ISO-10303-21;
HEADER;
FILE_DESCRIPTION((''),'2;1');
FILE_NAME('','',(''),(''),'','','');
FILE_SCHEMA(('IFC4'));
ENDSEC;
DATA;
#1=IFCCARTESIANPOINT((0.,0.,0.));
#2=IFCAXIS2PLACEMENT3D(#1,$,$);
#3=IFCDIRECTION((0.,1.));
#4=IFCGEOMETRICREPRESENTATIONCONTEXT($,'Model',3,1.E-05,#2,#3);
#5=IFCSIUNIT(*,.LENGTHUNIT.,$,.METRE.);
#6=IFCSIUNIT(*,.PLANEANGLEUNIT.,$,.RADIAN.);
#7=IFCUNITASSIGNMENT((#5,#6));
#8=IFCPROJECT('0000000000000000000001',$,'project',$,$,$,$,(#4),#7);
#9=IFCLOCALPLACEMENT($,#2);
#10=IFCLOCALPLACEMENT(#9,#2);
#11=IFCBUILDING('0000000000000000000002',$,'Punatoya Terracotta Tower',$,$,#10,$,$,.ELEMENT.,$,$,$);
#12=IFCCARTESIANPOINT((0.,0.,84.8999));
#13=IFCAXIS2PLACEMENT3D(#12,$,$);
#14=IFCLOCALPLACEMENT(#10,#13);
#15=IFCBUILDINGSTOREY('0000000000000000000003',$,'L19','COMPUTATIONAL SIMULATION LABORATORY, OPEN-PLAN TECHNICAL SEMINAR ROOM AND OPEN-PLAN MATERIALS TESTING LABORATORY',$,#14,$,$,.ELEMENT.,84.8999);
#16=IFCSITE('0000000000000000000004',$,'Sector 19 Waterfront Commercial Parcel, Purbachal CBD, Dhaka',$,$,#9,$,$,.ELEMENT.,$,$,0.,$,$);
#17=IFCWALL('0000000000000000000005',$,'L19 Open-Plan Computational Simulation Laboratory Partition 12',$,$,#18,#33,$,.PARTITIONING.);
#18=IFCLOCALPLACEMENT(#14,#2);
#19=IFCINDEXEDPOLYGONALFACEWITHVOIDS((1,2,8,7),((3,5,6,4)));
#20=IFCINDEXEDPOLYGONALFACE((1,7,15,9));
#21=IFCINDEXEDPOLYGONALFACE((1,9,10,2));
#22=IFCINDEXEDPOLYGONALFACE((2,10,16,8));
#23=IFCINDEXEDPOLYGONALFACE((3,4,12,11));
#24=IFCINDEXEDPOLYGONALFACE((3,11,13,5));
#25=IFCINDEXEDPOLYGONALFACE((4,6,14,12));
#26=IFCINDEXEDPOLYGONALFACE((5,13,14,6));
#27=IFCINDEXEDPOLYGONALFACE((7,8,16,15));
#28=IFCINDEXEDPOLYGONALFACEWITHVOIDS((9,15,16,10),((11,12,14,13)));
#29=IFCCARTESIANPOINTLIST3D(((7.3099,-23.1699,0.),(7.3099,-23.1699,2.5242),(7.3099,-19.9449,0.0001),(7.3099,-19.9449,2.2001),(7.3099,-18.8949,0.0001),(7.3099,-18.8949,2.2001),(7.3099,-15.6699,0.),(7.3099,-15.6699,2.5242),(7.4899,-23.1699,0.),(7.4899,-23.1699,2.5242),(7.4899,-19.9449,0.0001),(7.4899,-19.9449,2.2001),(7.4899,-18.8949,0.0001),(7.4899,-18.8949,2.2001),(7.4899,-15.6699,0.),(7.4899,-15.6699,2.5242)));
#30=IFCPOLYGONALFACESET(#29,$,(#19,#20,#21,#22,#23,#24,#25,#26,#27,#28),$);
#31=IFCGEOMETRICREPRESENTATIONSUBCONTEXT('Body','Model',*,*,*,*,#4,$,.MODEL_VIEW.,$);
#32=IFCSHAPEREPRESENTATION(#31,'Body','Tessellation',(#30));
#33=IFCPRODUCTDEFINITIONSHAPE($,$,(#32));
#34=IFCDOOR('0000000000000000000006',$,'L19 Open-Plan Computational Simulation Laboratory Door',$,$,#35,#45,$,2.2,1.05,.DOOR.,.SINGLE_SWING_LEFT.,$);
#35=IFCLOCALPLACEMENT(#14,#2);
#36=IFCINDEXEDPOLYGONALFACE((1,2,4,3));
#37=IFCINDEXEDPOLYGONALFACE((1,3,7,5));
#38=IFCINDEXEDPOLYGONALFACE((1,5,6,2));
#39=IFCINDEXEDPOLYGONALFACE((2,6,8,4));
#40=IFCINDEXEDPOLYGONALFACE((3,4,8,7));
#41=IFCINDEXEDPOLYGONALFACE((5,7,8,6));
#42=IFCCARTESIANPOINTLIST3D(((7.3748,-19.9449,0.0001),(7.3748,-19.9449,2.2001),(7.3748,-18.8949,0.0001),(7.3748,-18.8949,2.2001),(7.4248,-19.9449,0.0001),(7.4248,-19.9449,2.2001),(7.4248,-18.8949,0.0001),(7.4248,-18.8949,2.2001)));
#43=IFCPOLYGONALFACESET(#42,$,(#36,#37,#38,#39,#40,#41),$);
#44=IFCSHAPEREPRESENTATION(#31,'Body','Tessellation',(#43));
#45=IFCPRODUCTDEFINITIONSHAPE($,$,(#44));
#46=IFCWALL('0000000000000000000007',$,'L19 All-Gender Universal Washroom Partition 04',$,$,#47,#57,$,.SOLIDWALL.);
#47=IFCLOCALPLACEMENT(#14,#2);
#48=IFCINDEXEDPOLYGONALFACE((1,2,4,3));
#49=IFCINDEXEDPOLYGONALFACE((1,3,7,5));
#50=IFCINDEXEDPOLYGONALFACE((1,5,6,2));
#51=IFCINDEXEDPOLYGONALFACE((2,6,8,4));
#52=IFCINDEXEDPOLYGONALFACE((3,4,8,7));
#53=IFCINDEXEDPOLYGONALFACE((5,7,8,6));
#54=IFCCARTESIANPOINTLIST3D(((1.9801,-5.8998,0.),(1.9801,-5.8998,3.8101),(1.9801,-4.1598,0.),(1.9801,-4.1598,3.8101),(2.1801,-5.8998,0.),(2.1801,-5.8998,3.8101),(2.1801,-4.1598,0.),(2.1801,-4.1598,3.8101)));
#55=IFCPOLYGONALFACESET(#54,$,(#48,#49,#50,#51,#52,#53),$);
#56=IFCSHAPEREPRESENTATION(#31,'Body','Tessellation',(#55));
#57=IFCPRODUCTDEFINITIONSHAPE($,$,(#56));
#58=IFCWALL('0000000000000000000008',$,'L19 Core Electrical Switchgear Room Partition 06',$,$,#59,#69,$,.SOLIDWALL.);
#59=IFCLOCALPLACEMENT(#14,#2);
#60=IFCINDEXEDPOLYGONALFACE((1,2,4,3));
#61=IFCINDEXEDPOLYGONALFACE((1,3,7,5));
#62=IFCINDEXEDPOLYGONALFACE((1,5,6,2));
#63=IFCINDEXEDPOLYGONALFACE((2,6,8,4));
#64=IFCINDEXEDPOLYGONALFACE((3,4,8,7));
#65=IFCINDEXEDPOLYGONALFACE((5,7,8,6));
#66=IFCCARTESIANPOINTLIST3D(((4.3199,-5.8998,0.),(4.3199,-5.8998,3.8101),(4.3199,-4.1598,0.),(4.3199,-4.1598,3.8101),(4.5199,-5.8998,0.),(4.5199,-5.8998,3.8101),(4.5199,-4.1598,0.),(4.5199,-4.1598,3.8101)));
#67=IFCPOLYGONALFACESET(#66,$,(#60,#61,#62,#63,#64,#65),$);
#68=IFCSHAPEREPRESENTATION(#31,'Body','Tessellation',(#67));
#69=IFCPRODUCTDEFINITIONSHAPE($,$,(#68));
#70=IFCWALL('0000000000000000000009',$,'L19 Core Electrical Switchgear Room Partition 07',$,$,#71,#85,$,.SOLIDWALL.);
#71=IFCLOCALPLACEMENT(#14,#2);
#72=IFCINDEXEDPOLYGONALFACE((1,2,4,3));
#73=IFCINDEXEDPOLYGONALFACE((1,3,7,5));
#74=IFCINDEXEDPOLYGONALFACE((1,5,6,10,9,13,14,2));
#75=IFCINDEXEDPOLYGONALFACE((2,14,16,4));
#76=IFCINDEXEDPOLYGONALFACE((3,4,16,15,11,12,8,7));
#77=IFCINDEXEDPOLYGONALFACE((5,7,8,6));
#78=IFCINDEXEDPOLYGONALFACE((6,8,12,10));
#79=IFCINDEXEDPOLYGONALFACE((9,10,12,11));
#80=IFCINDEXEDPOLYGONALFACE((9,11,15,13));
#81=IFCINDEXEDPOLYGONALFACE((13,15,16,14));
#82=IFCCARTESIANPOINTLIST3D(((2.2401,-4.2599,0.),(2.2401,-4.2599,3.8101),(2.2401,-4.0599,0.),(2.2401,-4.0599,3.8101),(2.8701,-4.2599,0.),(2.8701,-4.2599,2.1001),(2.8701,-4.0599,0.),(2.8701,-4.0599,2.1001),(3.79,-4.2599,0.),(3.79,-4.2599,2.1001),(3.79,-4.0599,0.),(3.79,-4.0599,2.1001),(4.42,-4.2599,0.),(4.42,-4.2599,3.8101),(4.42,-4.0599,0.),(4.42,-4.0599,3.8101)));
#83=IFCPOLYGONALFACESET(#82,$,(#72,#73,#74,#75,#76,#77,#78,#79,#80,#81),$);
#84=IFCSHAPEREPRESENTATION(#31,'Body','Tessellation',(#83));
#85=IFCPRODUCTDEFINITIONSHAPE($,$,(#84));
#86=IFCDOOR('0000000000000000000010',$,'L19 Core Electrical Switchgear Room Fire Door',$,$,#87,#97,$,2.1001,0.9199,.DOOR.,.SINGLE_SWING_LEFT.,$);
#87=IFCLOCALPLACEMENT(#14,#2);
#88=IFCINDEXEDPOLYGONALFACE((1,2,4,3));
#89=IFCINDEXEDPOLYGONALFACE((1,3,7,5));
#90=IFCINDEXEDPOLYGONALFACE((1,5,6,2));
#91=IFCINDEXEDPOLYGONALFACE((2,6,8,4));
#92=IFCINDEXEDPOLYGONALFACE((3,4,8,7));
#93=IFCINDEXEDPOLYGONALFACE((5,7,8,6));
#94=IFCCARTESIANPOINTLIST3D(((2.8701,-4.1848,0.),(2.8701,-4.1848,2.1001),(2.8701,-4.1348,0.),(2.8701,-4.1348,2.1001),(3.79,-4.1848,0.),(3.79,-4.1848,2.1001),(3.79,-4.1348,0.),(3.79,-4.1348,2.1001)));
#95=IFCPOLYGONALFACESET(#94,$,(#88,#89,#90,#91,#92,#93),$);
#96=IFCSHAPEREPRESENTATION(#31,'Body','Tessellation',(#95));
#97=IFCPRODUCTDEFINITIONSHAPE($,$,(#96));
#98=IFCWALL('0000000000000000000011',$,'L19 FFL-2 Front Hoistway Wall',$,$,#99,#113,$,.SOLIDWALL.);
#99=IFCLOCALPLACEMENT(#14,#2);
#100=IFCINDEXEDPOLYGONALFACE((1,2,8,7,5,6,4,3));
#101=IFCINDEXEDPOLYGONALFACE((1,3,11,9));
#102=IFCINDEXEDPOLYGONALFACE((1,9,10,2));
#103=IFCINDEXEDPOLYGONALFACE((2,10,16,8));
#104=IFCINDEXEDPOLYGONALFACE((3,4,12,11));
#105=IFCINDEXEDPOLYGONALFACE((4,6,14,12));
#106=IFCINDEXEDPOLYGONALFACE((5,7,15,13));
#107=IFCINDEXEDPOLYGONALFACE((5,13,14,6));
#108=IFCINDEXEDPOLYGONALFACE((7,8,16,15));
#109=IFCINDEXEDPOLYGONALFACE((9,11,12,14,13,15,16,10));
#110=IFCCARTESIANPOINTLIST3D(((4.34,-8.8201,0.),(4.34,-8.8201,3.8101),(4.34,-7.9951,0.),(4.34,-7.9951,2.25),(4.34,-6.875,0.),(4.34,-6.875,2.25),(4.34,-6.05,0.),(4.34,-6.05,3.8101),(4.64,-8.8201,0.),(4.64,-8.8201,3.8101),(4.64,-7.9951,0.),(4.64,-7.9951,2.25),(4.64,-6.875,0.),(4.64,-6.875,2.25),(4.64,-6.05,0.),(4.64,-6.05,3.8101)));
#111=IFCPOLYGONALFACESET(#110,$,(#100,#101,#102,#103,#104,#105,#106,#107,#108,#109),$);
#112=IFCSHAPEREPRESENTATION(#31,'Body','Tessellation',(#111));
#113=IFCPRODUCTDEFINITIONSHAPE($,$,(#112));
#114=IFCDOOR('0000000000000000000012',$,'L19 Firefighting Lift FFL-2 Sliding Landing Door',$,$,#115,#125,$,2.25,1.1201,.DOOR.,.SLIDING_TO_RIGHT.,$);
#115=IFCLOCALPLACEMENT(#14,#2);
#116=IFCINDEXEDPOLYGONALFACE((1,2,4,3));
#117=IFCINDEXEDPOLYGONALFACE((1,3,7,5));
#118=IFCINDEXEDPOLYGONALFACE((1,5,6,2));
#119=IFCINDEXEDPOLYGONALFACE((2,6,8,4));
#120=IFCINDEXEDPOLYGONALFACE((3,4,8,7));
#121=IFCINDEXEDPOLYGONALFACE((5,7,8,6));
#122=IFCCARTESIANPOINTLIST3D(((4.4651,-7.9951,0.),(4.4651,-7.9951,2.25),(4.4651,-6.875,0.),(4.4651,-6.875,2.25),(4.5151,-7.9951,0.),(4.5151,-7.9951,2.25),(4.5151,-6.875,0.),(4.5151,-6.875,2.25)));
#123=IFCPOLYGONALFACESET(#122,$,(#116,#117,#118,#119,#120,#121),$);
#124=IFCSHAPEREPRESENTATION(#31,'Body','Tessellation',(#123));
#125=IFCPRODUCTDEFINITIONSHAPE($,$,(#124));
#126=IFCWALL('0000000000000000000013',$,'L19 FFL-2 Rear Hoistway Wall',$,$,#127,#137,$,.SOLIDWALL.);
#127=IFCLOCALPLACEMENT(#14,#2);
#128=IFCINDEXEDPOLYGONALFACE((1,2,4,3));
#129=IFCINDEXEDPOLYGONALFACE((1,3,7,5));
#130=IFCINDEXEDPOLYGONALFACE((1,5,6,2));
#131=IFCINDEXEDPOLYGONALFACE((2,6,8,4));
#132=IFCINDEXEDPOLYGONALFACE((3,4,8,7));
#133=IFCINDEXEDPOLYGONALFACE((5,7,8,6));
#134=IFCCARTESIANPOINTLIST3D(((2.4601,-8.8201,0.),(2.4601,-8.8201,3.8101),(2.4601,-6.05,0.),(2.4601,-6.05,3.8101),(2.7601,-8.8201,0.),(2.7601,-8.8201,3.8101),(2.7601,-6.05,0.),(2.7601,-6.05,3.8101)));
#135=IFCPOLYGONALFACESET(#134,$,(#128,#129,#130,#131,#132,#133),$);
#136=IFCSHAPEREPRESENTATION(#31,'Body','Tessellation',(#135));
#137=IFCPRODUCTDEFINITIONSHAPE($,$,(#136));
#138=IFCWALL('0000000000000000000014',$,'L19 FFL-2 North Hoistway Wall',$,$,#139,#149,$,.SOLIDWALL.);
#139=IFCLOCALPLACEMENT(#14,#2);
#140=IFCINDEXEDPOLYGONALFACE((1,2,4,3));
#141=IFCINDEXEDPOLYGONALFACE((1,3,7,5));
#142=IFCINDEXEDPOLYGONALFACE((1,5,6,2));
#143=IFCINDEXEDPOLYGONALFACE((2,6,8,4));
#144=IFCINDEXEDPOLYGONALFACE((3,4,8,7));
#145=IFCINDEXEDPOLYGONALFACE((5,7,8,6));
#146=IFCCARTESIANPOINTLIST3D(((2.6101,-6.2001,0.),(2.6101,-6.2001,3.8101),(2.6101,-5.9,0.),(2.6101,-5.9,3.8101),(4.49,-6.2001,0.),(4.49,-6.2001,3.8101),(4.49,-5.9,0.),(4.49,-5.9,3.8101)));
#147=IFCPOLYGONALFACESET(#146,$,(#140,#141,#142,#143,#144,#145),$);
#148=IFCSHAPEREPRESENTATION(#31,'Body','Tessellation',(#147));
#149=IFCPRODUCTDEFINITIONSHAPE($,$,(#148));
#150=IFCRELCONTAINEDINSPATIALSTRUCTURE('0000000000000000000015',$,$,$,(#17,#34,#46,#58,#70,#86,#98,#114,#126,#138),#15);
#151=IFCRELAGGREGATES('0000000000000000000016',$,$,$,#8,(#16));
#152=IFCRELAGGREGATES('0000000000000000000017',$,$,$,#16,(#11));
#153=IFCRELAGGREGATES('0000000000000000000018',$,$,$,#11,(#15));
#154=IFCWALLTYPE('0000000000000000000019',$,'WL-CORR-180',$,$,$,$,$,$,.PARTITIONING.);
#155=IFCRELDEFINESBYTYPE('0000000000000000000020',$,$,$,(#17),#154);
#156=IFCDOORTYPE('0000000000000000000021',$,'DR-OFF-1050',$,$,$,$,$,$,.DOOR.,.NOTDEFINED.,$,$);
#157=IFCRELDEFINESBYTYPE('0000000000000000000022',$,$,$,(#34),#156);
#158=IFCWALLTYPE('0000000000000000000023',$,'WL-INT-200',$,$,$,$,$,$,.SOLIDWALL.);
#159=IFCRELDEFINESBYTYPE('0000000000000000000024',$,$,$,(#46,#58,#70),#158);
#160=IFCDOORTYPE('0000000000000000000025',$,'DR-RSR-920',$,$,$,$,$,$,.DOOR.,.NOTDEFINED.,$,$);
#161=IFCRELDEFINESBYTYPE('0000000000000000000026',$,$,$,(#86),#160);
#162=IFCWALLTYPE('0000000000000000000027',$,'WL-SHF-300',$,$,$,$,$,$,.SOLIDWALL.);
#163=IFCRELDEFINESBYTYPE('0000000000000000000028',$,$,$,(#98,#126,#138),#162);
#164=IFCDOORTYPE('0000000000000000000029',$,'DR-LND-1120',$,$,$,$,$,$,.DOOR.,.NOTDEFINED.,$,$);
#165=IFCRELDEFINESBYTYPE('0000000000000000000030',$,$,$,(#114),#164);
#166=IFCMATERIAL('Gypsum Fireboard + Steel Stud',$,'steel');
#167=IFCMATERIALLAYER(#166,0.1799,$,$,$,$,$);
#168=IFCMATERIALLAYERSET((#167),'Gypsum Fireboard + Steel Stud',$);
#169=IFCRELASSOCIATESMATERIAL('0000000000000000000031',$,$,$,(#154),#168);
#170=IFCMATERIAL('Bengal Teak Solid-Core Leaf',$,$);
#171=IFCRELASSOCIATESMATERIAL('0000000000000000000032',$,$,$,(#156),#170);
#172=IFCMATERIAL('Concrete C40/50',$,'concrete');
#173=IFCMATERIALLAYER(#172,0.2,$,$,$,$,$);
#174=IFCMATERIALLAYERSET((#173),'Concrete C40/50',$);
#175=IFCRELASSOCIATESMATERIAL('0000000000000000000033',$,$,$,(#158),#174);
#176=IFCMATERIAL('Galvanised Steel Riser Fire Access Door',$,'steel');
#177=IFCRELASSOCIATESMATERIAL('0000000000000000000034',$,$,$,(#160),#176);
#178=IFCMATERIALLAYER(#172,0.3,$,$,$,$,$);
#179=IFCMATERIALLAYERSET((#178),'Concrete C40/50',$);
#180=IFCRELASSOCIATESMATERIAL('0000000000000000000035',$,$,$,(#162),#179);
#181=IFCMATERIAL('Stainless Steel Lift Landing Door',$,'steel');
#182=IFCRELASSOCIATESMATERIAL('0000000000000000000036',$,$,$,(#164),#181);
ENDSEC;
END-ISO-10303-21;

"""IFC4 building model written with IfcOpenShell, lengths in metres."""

from ifc_helpers import new_model, si_unit, direction, frame, frame_2d, origin, place, context, subcontext, project, spatial, rectangle, extrude, material, layer, layer_set, type_object, element, fill, save


model = new_model("IFC4")

# Units and contexts
model_context = context("Model", 3, precision=1e-05, world=origin(), true_north=direction((0.0, 1.0)))
body_context = subcontext(model_context, "Body", "Model", "MODEL_VIEW")
ifc_project = project(units=[si_unit("LENGTHUNIT", "METRE"), si_unit("PLANEANGLEUNIT", "RADIAN")], contexts=[model_context])

# Site, building, storey
site_placement = place(None, origin())
site = spatial("IfcSite", under=ifc_project, at=site_placement, Name="Sector 19 Waterfront Commercial Parcel, Purbachal CBD, Dhaka", CompositionType="ELEMENT", RefElevation=0.0)
building_placement = place(site_placement, origin())
building = spatial("IfcBuilding", under=site, at=building_placement, Name="Punatoya Terracotta Tower", CompositionType="ELEMENT")
storey_placement = place(building_placement, frame((0.0, 0.0, 84.8999)))
storey = spatial("IfcBuildingStorey", under=building, at=storey_placement, Name="L19", Description="COMPUTATIONAL SIMULATION LABORATORY, OPEN-PLAN TECHNICAL SEMINAR ROOM AND OPEN-PLAN MATERIALS TESTING LABORATORY", CompositionType="ELEMENT", Elevation=84.8999)

# Wall, opening, door
ifc_material_1 = material(Name="Gypsum Fireboard + Steel Stud", Category="steel")
ifc_layer_1 = layer(ifc_material_1, 0.1799)
ifc_layer_set_1 = layer_set([ifc_layer_1], Name="Gypsum Fireboard + Steel Stud")
wall_type_1 = type_object("IfcWallType", Name="WL-CORR-180", PredefinedType="PARTITIONING", material=ifc_layer_set_1)
wall_1_placement = place(storey_placement, frame((7.3999, -15.6699, 0.0), z_axis=(0.0, 0.0, 1.0), x_axis=(0.0, -1.0, 0.0)))
wall_1 = element("IfcWall", 1, at=wall_1_placement, inside=storey, type_object=wall_type_1, Name="L19 Open-Plan Computational Simulation Laboratory Partition 12", PredefinedType="PARTITIONING", context=body_context, shape_type="SweptSolid", body=[
    extrude(rectangle(XDim=7.5, YDim=0.1799, at=frame_2d((3.75, 0.0))), origin(), (0.0, 0.0, 1.0), 2.5242),
])
opening_1_placement = place(wall_1_placement, frame((3.2251, 0.0, 0.0)))
opening_1 = element("IfcOpeningElement", 2, at=opening_1_placement, cuts=wall_1, PredefinedType="OPENING", context=body_context, shape_type="SweptSolid", body=[
    extrude(rectangle(XDim=1.05, YDim=2.2, at=frame_2d((0.5249, 1.1001))), frame((0.0, 0.0999, 0.0), z_axis=(0.0, -1.0, 0.0), x_axis=(1.0, 0.0, 0.0)), (0.0, 0.0, 1.0), 0.2),
])
ifc_material_2 = material(Name="Bengal Teak Solid-Core Leaf")
door_type_1 = type_object("IfcDoorType", Name="DR-OFF-1050", OperationType="NOTDEFINED", PredefinedType="DOOR", material=ifc_material_2)
door_1_placement = place(opening_1_placement, origin())
door_1 = element("IfcDoor", 3, at=door_1_placement, inside=storey, type_object=door_type_1, Name="L19 Open-Plan Computational Simulation Laboratory Door", OperationType="SINGLE_SWING_LEFT", OverallHeight=2.2, OverallWidth=1.05, PredefinedType="DOOR", context=body_context, shape_type="SweptSolid", body=[
    extrude(rectangle(XDim=1.05, YDim=2.2, at=frame_2d((0.5249, 1.1001))), frame((0.0, 0.0249, 0.0), z_axis=(0.0, -1.0, 0.0), x_axis=(1.0, 0.0, 0.0)), (0.0, 0.0, 1.0), 0.05),
])
fill(opening_1, door_1)

# Wall
ifc_material_3 = material(Name="Concrete C40/50", Category="concrete")
ifc_layer_2 = layer(ifc_material_3, 0.2)
ifc_layer_set_2 = layer_set([ifc_layer_2], Name="Concrete C40/50")
wall_type_2 = type_object("IfcWallType", Name="WL-INT-200", PredefinedType="SOLIDWALL", material=ifc_layer_set_2)
wall_2_placement = place(storey_placement, frame((2.0801, -5.8999, 0.0), z_axis=(0.0, 0.0, 1.0), x_axis=(0.0, 1.0, 0.0)))
element("IfcWall", 4, at=wall_2_placement, inside=storey, type_object=wall_type_2, Name="L19 All-Gender Universal Washroom Partition 04", PredefinedType="SOLIDWALL", context=body_context, shape_type="SweptSolid", body=[
    extrude(rectangle(XDim=1.74, YDim=0.2, at=frame_2d((0.8701, 0.0))), origin(), (0.0, 0.0, 1.0), 3.8101),
])

# Wall
wall_3_placement = place(storey_placement, frame((4.4199, -5.8999, 0.0), z_axis=(0.0, 0.0, 1.0), x_axis=(0.0, 1.0, 0.0)))
element("IfcWall", 5, at=wall_3_placement, inside=storey, type_object=wall_type_2, Name="L19 Core Electrical Switchgear Room Partition 06", PredefinedType="SOLIDWALL", context=body_context, shape_type="SweptSolid", body=[
    extrude(rectangle(XDim=1.74, YDim=0.2, at=frame_2d((0.8701, 0.0))), origin(), (0.0, 0.0, 1.0), 3.8101),
])

# Walls, openings, doors
wall_4_placement = place(storey_placement, frame((4.4199, -4.1599, 0.0), z_axis=(0.0, 0.0, 1.0), x_axis=(-1.0, 0.0, 0.0)))
wall_4 = element("IfcWall", 6, at=wall_4_placement, inside=storey, type_object=wall_type_2, Name="L19 Core Electrical Switchgear Room Partition 07", PredefinedType="SOLIDWALL", context=body_context, shape_type="SweptSolid", body=[
    extrude(rectangle(XDim=2.1799, YDim=0.2, at=frame_2d((1.0898, 0.0))), origin(), (0.0, 0.0, 1.0), 3.8101),
])
opening_2_placement = place(wall_4_placement, frame((0.6299, 0.0, 0.0)))
opening_2 = element("IfcOpeningElement", 7, at=opening_2_placement, cuts=wall_4, PredefinedType="OPENING", context=body_context, shape_type="SweptSolid", body=[
    extrude(rectangle(XDim=0.9199, YDim=2.1001, at=frame_2d((0.46, 1.05))), frame((0.0, 0.1099, 0.0), z_axis=(0.0, -1.0, 0.0), x_axis=(1.0, 0.0, 0.0)), (0.0, 0.0, 1.0), 0.22),
])
ifc_material_4 = material(Name="Galvanised Steel Riser Fire Access Door", Category="steel")
door_type_2 = type_object("IfcDoorType", Name="DR-RSR-920", OperationType="NOTDEFINED", PredefinedType="DOOR", material=ifc_material_4)
door_2_placement = place(opening_2_placement, origin())
door_2 = element("IfcDoor", 8, at=door_2_placement, inside=storey, type_object=door_type_2, Name="L19 Core Electrical Switchgear Room Fire Door", OperationType="SINGLE_SWING_LEFT", OverallHeight=2.1001, OverallWidth=0.9199, PredefinedType="DOOR", context=body_context, shape_type="SweptSolid", body=[
    extrude(rectangle(XDim=0.9199, YDim=2.1001, at=frame_2d((0.46, 1.05))), frame((0.0, 0.0249, 0.0), z_axis=(0.0, -1.0, 0.0), x_axis=(1.0, 0.0, 0.0)), (0.0, 0.0, 1.0), 0.05),
])
fill(opening_2, door_2)
ifc_layer_3 = layer(ifc_material_3, 0.3)
ifc_layer_set_3 = layer_set([ifc_layer_3], Name="Concrete C40/50")
wall_type_3 = type_object("IfcWallType", Name="WL-SHF-300", PredefinedType="SOLIDWALL", material=ifc_layer_set_3)
wall_5_placement = place(storey_placement, frame((4.49, -8.8201, 0.0), z_axis=(0.0, 0.0, 1.0), x_axis=(0.0, 1.0, 0.0)))
wall_5 = element("IfcWall", 9, at=wall_5_placement, inside=storey, type_object=wall_type_3, Name="L19 FFL-2 Front Hoistway Wall", PredefinedType="SOLIDWALL", context=body_context, shape_type="SweptSolid", body=[
    extrude(rectangle(XDim=2.77, YDim=0.3, at=frame_2d((1.385, 0.0))), origin(), (0.0, 0.0, 1.0), 3.8101),
])
opening_3_placement = place(wall_5_placement, frame((0.825, 0.0, 0.0)))
opening_3 = element("IfcOpeningElement", 10, at=opening_3_placement, cuts=wall_5, PredefinedType="OPENING", context=body_context, shape_type="SweptSolid", body=[
    extrude(rectangle(XDim=1.1201, YDim=2.25, at=frame_2d((0.5601, 1.125))), frame((0.0, 0.1599, 0.0), z_axis=(0.0, -1.0, 0.0), x_axis=(1.0, 0.0, 0.0)), (0.0, 0.0, 1.0), 0.3201),
])
ifc_material_5 = material(Name="Stainless Steel Lift Landing Door", Category="steel")
door_type_3 = type_object("IfcDoorType", Name="DR-LND-1120", OperationType="NOTDEFINED", PredefinedType="DOOR", material=ifc_material_5)
door_3_placement = place(opening_3_placement, origin())
door_3 = element("IfcDoor", 11, at=door_3_placement, inside=storey, type_object=door_type_3, Name="L19 Firefighting Lift FFL-2 Sliding Landing Door", OperationType="SLIDING_TO_RIGHT", OverallHeight=2.25, OverallWidth=1.1201, PredefinedType="DOOR", context=body_context, shape_type="SweptSolid", body=[
    extrude(rectangle(XDim=1.1201, YDim=2.25, at=frame_2d((0.5601, 1.125))), frame((0.0, 0.0249, 0.0), z_axis=(0.0, -1.0, 0.0), x_axis=(1.0, 0.0, 0.0)), (0.0, 0.0, 1.0), 0.05),
])
fill(opening_3, door_3)

# Walls
wall_6_placement = place(storey_placement, frame((2.6101, -8.8201, 0.0), z_axis=(0.0, 0.0, 1.0), x_axis=(0.0, 1.0, 0.0)))
element("IfcWall", 12, at=wall_6_placement, inside=storey, type_object=wall_type_3, Name="L19 FFL-2 Rear Hoistway Wall", PredefinedType="SOLIDWALL", context=body_context, shape_type="SweptSolid", body=[
    extrude(rectangle(XDim=2.77, YDim=0.3, at=frame_2d((1.385, 0.0))), origin(), (0.0, 0.0, 1.0), 3.8101),
])
wall_7_placement = place(storey_placement, frame((2.6101, -6.05, 0.0), z_axis=(0.0, 0.0, 1.0), x_axis=(1.0, 0.0, 0.0)))
element("IfcWall", 13, at=wall_7_placement, inside=storey, type_object=wall_type_3, Name="L19 FFL-2 North Hoistway Wall", PredefinedType="SOLIDWALL", context=body_context, shape_type="SweptSolid", body=[
    extrude(rectangle(XDim=1.8799, YDim=0.3, at=frame_2d((0.9399, 0.0))), origin(), (0.0, 0.0, 1.0), 3.8101),
])

save(model, "model.ifc")
